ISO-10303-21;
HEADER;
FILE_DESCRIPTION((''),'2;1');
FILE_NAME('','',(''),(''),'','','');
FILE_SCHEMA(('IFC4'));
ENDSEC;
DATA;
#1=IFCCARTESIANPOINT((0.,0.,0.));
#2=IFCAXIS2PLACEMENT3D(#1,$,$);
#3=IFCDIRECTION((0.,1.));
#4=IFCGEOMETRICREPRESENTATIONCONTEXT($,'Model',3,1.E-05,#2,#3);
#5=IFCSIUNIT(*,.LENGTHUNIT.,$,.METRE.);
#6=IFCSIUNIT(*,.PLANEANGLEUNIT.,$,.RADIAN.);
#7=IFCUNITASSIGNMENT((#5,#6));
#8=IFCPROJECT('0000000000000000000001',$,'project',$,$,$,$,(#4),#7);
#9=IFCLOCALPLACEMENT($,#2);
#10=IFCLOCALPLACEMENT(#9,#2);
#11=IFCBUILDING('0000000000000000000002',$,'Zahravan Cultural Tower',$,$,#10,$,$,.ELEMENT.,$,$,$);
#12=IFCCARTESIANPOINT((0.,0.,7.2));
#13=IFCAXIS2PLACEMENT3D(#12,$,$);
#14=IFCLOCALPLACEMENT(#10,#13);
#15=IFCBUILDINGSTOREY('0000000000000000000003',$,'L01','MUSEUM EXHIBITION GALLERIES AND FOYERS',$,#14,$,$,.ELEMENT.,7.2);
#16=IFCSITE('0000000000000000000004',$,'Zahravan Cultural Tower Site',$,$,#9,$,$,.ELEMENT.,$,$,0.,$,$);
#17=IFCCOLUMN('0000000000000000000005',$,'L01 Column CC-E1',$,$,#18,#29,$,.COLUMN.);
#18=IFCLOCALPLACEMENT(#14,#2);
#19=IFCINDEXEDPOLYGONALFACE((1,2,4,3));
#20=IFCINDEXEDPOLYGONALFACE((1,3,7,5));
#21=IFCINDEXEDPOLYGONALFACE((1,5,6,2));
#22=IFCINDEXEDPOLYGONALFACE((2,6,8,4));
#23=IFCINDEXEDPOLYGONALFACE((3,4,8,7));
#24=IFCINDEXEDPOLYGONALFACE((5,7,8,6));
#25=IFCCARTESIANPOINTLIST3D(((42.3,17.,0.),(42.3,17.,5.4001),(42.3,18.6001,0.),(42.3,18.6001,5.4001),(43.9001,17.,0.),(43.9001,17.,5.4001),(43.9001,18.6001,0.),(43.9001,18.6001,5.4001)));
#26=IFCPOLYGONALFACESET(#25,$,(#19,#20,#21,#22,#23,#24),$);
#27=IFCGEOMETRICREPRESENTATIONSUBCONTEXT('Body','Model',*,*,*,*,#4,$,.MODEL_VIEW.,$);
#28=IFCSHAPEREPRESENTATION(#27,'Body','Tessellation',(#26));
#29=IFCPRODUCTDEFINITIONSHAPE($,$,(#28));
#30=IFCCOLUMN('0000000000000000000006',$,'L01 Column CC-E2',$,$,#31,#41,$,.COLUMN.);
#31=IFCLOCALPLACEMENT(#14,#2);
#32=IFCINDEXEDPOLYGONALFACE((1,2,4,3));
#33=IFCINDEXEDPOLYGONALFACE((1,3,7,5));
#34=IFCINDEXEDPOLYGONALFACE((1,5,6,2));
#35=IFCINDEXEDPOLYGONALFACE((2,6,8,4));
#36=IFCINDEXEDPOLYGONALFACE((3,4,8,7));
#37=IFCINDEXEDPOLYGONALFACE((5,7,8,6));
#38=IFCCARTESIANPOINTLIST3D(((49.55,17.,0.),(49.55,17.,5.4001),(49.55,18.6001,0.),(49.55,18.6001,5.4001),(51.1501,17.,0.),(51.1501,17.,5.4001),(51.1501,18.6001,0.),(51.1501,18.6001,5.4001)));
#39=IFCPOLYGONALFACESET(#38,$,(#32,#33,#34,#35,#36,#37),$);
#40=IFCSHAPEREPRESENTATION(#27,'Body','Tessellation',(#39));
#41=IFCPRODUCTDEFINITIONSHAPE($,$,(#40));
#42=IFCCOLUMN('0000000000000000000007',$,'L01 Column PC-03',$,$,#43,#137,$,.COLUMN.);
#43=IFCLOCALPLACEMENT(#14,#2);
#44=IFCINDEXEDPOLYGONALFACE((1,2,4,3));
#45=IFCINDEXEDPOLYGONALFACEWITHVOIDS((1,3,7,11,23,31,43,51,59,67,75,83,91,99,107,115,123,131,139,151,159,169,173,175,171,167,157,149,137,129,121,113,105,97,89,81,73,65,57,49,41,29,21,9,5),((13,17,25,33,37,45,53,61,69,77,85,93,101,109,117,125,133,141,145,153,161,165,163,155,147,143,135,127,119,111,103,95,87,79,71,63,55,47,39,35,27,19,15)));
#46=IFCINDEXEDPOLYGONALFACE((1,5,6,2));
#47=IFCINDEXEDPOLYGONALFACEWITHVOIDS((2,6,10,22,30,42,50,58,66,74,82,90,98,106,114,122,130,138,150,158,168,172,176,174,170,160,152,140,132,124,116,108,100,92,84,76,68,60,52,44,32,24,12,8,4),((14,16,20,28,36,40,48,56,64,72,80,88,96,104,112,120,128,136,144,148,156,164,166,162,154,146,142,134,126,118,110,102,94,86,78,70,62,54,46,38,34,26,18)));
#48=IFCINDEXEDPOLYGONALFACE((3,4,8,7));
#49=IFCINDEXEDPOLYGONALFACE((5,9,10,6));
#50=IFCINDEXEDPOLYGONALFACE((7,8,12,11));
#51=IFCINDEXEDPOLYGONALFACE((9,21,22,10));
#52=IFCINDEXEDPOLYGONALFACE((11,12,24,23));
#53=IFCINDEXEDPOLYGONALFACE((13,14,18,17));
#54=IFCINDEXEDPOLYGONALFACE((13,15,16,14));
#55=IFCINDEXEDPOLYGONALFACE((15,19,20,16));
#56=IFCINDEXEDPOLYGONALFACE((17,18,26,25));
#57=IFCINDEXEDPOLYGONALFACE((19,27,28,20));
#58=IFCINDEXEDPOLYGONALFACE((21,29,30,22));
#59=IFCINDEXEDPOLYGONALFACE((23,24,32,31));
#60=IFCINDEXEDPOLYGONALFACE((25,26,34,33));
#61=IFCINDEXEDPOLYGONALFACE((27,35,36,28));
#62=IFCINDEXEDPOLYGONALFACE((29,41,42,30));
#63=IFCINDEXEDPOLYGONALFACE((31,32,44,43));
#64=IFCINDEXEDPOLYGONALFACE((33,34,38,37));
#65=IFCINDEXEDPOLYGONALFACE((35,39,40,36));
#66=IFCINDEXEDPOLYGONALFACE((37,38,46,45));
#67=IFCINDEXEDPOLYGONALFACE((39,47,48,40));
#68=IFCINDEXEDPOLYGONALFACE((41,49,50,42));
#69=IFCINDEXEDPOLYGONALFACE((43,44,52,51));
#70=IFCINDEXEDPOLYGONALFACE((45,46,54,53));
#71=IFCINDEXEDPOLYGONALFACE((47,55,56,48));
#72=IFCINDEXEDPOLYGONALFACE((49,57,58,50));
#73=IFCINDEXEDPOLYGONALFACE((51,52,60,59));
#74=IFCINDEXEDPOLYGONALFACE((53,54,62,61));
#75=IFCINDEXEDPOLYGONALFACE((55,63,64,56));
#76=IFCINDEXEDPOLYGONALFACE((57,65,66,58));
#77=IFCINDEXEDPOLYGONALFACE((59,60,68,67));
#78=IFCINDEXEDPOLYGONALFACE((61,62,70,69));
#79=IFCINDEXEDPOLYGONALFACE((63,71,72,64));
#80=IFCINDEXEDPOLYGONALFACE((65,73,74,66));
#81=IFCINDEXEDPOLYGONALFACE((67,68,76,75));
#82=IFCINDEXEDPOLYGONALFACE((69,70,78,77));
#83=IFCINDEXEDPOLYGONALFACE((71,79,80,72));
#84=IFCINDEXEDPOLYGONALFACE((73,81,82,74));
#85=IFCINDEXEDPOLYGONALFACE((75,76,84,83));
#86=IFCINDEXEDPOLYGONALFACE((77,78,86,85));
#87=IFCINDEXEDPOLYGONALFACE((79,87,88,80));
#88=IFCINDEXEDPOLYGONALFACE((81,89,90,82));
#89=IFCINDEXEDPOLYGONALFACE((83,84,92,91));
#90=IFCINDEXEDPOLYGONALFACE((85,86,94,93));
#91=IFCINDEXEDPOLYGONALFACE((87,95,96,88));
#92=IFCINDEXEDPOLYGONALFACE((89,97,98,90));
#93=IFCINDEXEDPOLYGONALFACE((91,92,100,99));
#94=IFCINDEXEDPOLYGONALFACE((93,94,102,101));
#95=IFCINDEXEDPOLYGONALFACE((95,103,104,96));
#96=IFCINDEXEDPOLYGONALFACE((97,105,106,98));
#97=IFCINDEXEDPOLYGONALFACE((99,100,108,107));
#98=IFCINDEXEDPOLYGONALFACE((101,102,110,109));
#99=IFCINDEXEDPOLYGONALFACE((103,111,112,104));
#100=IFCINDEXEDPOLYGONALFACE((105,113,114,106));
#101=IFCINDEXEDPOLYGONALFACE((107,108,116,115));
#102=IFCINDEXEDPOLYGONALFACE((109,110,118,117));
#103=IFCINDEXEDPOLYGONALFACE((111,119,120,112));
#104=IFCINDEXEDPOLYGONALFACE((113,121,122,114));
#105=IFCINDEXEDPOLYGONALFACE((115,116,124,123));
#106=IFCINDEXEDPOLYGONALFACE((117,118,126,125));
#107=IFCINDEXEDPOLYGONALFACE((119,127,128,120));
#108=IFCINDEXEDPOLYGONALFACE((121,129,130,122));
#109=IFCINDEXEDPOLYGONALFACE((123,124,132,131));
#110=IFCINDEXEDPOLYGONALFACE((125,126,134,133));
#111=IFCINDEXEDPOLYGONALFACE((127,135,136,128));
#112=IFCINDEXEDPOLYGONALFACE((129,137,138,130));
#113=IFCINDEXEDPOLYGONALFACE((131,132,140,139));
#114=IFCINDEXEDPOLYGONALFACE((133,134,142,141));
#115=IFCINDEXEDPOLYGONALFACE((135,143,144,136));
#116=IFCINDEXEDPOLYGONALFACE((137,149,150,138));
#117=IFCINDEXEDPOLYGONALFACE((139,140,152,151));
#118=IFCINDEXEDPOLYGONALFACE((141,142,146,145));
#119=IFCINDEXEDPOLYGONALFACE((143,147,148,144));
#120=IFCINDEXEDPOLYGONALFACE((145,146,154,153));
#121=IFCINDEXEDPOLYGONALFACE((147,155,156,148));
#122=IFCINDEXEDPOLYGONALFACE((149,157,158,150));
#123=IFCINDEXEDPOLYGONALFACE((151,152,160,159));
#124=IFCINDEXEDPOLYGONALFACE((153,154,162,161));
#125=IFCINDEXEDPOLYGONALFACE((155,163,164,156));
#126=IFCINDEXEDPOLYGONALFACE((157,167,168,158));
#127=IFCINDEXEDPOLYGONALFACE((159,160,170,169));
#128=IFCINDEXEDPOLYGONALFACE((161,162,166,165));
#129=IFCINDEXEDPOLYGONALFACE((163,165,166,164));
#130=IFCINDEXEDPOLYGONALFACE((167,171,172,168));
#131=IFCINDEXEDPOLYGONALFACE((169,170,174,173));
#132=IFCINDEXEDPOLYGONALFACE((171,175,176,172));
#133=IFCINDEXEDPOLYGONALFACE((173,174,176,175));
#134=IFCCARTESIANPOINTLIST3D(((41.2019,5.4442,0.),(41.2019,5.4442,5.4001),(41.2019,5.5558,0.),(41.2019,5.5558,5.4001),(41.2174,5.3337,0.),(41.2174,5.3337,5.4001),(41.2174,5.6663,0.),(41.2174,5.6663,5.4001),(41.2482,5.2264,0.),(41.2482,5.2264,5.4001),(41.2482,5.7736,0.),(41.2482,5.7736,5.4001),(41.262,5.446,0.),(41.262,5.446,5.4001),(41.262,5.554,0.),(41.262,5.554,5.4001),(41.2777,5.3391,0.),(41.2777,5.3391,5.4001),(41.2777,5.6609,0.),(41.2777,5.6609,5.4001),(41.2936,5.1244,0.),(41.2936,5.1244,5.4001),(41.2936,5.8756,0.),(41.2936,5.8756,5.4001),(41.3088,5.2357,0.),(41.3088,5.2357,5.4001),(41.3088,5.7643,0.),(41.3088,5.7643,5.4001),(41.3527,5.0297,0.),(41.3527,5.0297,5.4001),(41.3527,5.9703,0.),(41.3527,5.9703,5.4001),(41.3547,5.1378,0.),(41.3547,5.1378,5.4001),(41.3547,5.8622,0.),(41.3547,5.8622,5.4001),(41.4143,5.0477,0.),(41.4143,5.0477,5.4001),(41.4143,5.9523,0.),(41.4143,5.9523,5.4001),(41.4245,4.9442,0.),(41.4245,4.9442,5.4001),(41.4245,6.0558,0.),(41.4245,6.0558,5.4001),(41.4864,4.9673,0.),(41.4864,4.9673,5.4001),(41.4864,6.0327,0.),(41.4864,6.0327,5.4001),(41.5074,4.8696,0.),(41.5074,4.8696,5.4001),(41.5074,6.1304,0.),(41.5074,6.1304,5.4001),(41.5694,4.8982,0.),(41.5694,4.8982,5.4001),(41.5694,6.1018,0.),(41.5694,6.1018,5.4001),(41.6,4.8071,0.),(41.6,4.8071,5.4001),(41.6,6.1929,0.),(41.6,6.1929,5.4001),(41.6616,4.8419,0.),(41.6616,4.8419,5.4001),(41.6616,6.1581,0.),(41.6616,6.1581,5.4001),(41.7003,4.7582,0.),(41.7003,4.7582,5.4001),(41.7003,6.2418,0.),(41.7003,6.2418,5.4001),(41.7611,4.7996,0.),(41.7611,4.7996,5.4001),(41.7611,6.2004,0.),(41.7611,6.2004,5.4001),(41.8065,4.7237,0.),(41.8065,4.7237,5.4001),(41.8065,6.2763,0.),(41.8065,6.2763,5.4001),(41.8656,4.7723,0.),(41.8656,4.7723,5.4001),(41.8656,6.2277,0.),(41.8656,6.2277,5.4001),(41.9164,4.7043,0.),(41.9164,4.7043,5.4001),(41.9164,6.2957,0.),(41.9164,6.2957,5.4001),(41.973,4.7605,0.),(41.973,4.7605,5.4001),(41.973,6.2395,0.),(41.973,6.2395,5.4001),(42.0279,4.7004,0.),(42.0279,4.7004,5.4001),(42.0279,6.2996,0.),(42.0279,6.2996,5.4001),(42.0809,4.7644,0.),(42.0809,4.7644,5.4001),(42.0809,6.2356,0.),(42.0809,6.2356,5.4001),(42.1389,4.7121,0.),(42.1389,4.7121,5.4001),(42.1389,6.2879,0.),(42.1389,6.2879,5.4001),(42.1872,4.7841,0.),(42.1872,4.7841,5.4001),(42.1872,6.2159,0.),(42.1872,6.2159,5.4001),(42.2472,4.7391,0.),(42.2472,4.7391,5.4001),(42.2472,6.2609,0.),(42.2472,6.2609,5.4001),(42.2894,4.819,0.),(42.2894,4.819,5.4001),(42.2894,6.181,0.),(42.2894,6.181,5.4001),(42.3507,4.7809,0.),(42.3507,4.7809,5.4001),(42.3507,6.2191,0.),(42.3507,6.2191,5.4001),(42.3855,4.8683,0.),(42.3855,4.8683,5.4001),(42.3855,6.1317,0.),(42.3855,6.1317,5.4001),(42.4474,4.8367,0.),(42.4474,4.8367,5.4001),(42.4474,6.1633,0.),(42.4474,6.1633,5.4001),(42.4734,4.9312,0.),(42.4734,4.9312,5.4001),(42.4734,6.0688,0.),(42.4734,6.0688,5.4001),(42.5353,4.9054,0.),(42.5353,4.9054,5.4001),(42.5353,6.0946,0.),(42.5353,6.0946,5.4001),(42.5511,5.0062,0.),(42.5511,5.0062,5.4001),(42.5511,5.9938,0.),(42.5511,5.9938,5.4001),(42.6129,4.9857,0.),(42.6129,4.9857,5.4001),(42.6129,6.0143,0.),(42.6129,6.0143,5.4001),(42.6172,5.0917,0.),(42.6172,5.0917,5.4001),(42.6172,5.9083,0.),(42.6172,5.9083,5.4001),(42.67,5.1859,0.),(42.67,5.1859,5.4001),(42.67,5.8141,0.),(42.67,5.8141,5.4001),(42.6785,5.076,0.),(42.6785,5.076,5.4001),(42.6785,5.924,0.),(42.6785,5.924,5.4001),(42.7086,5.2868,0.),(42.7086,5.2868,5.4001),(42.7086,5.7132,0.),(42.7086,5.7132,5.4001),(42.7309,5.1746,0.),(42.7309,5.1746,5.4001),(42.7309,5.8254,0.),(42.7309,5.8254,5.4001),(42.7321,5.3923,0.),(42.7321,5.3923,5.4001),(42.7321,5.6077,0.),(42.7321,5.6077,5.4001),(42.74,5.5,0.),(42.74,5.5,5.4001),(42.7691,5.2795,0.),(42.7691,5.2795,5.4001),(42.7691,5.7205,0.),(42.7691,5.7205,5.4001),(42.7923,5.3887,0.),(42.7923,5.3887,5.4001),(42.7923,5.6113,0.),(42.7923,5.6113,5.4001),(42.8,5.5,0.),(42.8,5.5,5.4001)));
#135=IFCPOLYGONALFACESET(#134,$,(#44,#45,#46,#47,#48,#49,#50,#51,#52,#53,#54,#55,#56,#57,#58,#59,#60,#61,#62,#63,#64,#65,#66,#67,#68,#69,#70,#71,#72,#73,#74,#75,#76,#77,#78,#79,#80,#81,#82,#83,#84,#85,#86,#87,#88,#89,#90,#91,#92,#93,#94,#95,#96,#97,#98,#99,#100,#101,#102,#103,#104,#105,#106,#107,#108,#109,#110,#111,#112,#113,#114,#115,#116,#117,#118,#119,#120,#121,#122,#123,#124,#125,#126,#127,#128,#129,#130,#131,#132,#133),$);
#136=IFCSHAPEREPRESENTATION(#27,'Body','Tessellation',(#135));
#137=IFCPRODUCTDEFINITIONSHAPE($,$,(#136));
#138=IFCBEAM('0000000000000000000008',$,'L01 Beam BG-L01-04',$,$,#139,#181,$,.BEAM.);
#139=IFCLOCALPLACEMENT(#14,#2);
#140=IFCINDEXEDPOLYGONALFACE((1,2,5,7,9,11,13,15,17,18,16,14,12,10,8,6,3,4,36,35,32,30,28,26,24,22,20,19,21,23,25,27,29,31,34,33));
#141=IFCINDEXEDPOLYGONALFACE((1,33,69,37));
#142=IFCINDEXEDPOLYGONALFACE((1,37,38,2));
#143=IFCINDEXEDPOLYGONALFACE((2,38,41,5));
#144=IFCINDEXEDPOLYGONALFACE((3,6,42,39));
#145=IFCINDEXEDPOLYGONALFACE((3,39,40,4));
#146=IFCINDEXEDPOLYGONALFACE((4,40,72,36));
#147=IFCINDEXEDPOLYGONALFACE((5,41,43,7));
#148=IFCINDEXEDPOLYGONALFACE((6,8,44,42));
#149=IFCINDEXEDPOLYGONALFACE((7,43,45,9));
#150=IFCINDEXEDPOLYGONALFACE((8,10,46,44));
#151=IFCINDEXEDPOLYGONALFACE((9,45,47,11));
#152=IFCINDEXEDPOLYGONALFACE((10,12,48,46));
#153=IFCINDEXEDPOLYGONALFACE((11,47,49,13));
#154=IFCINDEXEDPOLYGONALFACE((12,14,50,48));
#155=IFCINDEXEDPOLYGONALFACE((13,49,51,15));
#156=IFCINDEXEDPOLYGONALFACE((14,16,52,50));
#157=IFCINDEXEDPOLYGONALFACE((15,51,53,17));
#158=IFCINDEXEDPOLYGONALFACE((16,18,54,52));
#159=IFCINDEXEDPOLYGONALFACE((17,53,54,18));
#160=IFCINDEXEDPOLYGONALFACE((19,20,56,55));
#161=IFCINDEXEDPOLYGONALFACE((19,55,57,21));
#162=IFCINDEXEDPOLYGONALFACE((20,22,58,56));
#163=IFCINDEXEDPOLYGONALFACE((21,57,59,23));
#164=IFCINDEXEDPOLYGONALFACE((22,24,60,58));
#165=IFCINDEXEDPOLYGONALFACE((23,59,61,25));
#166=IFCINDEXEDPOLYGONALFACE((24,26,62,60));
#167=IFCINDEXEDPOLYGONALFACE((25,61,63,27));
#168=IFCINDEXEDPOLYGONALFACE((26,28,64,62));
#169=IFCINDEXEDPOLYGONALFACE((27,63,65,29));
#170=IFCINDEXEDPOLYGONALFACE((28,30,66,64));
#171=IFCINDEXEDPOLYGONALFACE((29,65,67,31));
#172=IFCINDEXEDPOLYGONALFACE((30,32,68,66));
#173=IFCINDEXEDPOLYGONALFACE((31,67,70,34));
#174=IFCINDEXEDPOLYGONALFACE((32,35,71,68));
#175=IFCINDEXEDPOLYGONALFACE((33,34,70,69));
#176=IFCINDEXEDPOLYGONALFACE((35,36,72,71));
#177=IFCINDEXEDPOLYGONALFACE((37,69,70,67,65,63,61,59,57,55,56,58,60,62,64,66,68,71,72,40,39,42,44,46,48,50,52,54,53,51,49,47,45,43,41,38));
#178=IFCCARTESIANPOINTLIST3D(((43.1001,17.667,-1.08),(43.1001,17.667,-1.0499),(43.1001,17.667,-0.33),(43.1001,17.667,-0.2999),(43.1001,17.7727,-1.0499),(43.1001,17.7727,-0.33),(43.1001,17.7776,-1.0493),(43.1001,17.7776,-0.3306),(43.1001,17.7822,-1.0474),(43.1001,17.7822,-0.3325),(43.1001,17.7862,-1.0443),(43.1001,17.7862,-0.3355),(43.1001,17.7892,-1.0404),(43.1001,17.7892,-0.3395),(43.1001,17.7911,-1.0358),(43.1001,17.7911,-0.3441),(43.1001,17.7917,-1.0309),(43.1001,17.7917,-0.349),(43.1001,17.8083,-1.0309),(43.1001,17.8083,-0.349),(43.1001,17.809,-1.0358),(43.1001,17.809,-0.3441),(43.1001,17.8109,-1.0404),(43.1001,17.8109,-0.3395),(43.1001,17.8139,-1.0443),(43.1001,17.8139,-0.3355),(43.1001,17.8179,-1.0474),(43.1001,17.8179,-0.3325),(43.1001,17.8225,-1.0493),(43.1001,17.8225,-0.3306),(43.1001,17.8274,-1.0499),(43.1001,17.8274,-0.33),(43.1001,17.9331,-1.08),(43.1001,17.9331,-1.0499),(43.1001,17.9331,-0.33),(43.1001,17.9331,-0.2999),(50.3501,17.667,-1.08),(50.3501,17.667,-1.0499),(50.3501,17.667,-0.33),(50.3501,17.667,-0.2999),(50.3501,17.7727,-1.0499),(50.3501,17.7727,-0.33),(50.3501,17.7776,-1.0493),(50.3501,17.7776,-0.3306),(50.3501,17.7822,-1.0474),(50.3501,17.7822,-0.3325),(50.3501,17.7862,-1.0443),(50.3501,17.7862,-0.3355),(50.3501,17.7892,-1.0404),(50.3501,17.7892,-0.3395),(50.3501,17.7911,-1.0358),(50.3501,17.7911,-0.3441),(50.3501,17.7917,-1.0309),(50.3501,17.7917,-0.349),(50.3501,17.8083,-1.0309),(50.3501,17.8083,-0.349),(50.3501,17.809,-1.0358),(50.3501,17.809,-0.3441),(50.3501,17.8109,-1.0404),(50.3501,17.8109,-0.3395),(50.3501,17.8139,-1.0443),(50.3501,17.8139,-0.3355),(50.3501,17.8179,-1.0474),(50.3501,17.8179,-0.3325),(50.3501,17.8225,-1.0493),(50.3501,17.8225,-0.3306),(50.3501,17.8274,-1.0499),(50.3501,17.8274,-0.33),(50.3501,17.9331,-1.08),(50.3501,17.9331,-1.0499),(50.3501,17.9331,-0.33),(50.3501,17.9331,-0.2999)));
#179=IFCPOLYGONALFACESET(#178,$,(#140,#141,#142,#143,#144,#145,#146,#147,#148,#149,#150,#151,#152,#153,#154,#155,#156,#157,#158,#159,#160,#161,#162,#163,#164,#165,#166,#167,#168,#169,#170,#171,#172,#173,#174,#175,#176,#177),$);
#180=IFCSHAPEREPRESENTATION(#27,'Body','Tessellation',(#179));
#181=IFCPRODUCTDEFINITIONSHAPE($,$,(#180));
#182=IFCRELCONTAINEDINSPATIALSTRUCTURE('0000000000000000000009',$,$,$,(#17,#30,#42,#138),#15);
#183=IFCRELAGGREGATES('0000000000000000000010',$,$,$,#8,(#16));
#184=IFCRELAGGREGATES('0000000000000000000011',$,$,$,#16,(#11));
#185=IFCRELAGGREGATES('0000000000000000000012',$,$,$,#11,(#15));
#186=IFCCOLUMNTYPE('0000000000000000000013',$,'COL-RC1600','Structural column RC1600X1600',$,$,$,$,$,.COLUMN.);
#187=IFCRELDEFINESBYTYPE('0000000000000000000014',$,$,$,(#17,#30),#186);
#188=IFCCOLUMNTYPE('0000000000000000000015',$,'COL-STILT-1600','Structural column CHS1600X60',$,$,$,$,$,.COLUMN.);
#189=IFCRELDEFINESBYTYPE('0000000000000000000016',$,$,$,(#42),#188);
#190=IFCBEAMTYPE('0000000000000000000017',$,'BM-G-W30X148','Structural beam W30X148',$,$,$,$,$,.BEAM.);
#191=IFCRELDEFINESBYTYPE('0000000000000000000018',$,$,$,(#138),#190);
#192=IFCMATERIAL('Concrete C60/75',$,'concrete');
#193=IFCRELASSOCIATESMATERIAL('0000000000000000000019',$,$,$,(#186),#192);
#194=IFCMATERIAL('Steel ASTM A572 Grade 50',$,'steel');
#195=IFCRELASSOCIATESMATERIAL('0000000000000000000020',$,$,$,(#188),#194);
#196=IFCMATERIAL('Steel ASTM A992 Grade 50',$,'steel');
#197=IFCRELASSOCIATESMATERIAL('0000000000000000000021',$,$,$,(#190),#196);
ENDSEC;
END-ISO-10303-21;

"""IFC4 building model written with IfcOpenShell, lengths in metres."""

from ifc_helpers import new_model, si_unit, direction, frame, origin, origin_2d, place, context, subcontext, project, spatial, rectangle, hollow_circle, i_section, extrude, source, transform, mapped, material, material_profile, profile_set, type_object, element, save


model = new_model("IFC4")

# Units and contexts
model_context = context("Model", 3, precision=1e-05, world=origin(), true_north=direction((0.0, 1.0)))
body_context = subcontext(model_context, "Body", "Model", "MODEL_VIEW")
ifc_project = project(units=[si_unit("LENGTHUNIT", "METRE"), si_unit("PLANEANGLEUNIT", "RADIAN")], contexts=[model_context])

# Site, building, storey
site_placement = place(None, origin())
site = spatial("IfcSite", under=ifc_project, at=site_placement, Name="Zahravan Cultural Tower Site", CompositionType="ELEMENT", RefElevation=0.0)
building_placement = place(site_placement, origin())
building = spatial("IfcBuilding", under=site, at=building_placement, Name="Zahravan Cultural Tower", CompositionType="ELEMENT")
storey_placement = place(building_placement, frame((0.0, 0.0, 7.2)))
storey = spatial("IfcBuildingStorey", under=building, at=storey_placement, Name="L01", Description="MUSEUM EXHIBITION GALLERIES AND FOYERS", CompositionType="ELEMENT", Elevation=7.2)

# Columns
ifc_material_1 = material(Name="Concrete C60/75", Category="concrete")
ifc_material_profile_1 = material_profile(ifc_material_1, rectangle(XDim=1.6001, YDim=1.6001, at=origin_2d()), Name="RC1600X1600")
ifc_profile_set_1 = profile_set([ifc_material_profile_1], Name="Concrete C60/75")
column_type_1 = type_object("IfcColumnType", Name="COL-RC1600", Description="Structural column RC1600X1600", PredefinedType="COLUMN", material=ifc_profile_set_1)
shared_shape_1 = source(origin(), body_context, "Body", "SweptSolid", [
    extrude(rectangle(XDim=1.6001, YDim=1.6001, at=origin_2d()), origin(), (0.0, 0.0, 1.0), 5.4001),
])
for number, where, z_axis, x_axis, name in (
    (1, (43.1001, 17.8, 0.0), (0.0, 0.0, 1.0), (1.0, 0.0, 0.0), "L01 Column CC-E1"),
    (2, (50.3501, 17.8, 0.0), (0.0, 0.0, 1.0), (1.0, 0.0, 0.0), "L01 Column CC-E2"),
):
    element("IfcColumn", number, at=place(storey_placement, frame(where, z_axis=z_axis, x_axis=x_axis)), inside=storey, type_object=column_type_1, Name=name, PredefinedType="COLUMN", context=body_context, shape_type="MappedRepresentation", body=[
        mapped(shared_shape_1, transform((0.0, 0.0, 0.0), x_axis=(1.0, 0.0, 0.0), y_axis=(0.0, 1.0, 0.0), z_axis=(0.0, 0.0, 1.0), scale=1.0)),
    ])
ifc_material_2 = material(Name="Steel ASTM A572 Grade 50", Category="steel")
ifc_material_profile_2 = material_profile(ifc_material_2, hollow_circle(Radius=0.8, WallThickness=0.0601, at=origin_2d()), Name="CHS1600X60")
ifc_profile_set_2 = profile_set([ifc_material_profile_2], Name="Steel ASTM A572 Grade 50")
column_type_2 = type_object("IfcColumnType", Name="COL-STILT-1600", Description="Structural column CHS1600X60", PredefinedType="COLUMN", material=ifc_profile_set_2)
shared_shape_2 = source(origin(), body_context, "Body", "SweptSolid", [
    extrude(hollow_circle(Radius=0.8, WallThickness=0.0601, at=origin_2d()), origin(), (0.0, 0.0, 1.0), 5.4001),
])
column_placement = place(storey_placement, frame((42.0, 5.5, 0.0), z_axis=(0.0, 0.0, 1.0), x_axis=(1.0, 0.0, 0.0)))
element("IfcColumn", 3, at=column_placement, inside=storey, type_object=column_type_2, Name="L01 Column PC-03", PredefinedType="COLUMN", context=body_context, shape_type="MappedRepresentation", body=[
    mapped(shared_shape_2, transform((0.0, 0.0, 0.0), x_axis=(1.0, 0.0, 0.0), y_axis=(0.0, 1.0, 0.0), z_axis=(0.0, 0.0, 1.0), scale=1.0)),
])

# Beam
ifc_material_3 = material(Name="Steel ASTM A992 Grade 50", Category="steel")
ifc_material_profile_3 = material_profile(ifc_material_3, i_section(OverallWidth=0.2661, OverallDepth=0.78, WebThickness=0.0166, FlangeThickness=0.03, FilletRadius=0.019, at=origin_2d()), Name="W30X148")
ifc_profile_set_3 = profile_set([ifc_material_profile_3], Name="Steel ASTM A992 Grade 50")
beam_type_1 = type_object("IfcBeamType", Name="BM-G-W30X148", Description="Structural beam W30X148", PredefinedType="BEAM", material=ifc_profile_set_3)
shared_shape_3 = source(origin(), body_context, "Body", "SweptSolid", [
    extrude(i_section(OverallWidth=0.2661, OverallDepth=0.78, WebThickness=0.0166, FlangeThickness=0.03, FilletRadius=0.019, at=origin_2d()), origin(), (0.0, 0.0, 1.0), 7.25),
])
beam_1_placement = place(storey_placement, frame((43.1001, 17.8, -0.6899), z_axis=(1.0, 0.0, 0.0), x_axis=(0.0, 1.0, 0.0)))
element("IfcBeam", 4, at=beam_1_placement, inside=storey, type_object=beam_type_1, Name="L01 Beam BG-L01-04", PredefinedType="BEAM", context=body_context, shape_type="MappedRepresentation", body=[
    mapped(shared_shape_3, transform((0.0, 0.0, 0.0), x_axis=(1.0, 0.0, 0.0), y_axis=(0.0, 1.0, 0.0), z_axis=(0.0, 0.0, 1.0), scale=1.0)),
])

save(model, "model.ifc")
